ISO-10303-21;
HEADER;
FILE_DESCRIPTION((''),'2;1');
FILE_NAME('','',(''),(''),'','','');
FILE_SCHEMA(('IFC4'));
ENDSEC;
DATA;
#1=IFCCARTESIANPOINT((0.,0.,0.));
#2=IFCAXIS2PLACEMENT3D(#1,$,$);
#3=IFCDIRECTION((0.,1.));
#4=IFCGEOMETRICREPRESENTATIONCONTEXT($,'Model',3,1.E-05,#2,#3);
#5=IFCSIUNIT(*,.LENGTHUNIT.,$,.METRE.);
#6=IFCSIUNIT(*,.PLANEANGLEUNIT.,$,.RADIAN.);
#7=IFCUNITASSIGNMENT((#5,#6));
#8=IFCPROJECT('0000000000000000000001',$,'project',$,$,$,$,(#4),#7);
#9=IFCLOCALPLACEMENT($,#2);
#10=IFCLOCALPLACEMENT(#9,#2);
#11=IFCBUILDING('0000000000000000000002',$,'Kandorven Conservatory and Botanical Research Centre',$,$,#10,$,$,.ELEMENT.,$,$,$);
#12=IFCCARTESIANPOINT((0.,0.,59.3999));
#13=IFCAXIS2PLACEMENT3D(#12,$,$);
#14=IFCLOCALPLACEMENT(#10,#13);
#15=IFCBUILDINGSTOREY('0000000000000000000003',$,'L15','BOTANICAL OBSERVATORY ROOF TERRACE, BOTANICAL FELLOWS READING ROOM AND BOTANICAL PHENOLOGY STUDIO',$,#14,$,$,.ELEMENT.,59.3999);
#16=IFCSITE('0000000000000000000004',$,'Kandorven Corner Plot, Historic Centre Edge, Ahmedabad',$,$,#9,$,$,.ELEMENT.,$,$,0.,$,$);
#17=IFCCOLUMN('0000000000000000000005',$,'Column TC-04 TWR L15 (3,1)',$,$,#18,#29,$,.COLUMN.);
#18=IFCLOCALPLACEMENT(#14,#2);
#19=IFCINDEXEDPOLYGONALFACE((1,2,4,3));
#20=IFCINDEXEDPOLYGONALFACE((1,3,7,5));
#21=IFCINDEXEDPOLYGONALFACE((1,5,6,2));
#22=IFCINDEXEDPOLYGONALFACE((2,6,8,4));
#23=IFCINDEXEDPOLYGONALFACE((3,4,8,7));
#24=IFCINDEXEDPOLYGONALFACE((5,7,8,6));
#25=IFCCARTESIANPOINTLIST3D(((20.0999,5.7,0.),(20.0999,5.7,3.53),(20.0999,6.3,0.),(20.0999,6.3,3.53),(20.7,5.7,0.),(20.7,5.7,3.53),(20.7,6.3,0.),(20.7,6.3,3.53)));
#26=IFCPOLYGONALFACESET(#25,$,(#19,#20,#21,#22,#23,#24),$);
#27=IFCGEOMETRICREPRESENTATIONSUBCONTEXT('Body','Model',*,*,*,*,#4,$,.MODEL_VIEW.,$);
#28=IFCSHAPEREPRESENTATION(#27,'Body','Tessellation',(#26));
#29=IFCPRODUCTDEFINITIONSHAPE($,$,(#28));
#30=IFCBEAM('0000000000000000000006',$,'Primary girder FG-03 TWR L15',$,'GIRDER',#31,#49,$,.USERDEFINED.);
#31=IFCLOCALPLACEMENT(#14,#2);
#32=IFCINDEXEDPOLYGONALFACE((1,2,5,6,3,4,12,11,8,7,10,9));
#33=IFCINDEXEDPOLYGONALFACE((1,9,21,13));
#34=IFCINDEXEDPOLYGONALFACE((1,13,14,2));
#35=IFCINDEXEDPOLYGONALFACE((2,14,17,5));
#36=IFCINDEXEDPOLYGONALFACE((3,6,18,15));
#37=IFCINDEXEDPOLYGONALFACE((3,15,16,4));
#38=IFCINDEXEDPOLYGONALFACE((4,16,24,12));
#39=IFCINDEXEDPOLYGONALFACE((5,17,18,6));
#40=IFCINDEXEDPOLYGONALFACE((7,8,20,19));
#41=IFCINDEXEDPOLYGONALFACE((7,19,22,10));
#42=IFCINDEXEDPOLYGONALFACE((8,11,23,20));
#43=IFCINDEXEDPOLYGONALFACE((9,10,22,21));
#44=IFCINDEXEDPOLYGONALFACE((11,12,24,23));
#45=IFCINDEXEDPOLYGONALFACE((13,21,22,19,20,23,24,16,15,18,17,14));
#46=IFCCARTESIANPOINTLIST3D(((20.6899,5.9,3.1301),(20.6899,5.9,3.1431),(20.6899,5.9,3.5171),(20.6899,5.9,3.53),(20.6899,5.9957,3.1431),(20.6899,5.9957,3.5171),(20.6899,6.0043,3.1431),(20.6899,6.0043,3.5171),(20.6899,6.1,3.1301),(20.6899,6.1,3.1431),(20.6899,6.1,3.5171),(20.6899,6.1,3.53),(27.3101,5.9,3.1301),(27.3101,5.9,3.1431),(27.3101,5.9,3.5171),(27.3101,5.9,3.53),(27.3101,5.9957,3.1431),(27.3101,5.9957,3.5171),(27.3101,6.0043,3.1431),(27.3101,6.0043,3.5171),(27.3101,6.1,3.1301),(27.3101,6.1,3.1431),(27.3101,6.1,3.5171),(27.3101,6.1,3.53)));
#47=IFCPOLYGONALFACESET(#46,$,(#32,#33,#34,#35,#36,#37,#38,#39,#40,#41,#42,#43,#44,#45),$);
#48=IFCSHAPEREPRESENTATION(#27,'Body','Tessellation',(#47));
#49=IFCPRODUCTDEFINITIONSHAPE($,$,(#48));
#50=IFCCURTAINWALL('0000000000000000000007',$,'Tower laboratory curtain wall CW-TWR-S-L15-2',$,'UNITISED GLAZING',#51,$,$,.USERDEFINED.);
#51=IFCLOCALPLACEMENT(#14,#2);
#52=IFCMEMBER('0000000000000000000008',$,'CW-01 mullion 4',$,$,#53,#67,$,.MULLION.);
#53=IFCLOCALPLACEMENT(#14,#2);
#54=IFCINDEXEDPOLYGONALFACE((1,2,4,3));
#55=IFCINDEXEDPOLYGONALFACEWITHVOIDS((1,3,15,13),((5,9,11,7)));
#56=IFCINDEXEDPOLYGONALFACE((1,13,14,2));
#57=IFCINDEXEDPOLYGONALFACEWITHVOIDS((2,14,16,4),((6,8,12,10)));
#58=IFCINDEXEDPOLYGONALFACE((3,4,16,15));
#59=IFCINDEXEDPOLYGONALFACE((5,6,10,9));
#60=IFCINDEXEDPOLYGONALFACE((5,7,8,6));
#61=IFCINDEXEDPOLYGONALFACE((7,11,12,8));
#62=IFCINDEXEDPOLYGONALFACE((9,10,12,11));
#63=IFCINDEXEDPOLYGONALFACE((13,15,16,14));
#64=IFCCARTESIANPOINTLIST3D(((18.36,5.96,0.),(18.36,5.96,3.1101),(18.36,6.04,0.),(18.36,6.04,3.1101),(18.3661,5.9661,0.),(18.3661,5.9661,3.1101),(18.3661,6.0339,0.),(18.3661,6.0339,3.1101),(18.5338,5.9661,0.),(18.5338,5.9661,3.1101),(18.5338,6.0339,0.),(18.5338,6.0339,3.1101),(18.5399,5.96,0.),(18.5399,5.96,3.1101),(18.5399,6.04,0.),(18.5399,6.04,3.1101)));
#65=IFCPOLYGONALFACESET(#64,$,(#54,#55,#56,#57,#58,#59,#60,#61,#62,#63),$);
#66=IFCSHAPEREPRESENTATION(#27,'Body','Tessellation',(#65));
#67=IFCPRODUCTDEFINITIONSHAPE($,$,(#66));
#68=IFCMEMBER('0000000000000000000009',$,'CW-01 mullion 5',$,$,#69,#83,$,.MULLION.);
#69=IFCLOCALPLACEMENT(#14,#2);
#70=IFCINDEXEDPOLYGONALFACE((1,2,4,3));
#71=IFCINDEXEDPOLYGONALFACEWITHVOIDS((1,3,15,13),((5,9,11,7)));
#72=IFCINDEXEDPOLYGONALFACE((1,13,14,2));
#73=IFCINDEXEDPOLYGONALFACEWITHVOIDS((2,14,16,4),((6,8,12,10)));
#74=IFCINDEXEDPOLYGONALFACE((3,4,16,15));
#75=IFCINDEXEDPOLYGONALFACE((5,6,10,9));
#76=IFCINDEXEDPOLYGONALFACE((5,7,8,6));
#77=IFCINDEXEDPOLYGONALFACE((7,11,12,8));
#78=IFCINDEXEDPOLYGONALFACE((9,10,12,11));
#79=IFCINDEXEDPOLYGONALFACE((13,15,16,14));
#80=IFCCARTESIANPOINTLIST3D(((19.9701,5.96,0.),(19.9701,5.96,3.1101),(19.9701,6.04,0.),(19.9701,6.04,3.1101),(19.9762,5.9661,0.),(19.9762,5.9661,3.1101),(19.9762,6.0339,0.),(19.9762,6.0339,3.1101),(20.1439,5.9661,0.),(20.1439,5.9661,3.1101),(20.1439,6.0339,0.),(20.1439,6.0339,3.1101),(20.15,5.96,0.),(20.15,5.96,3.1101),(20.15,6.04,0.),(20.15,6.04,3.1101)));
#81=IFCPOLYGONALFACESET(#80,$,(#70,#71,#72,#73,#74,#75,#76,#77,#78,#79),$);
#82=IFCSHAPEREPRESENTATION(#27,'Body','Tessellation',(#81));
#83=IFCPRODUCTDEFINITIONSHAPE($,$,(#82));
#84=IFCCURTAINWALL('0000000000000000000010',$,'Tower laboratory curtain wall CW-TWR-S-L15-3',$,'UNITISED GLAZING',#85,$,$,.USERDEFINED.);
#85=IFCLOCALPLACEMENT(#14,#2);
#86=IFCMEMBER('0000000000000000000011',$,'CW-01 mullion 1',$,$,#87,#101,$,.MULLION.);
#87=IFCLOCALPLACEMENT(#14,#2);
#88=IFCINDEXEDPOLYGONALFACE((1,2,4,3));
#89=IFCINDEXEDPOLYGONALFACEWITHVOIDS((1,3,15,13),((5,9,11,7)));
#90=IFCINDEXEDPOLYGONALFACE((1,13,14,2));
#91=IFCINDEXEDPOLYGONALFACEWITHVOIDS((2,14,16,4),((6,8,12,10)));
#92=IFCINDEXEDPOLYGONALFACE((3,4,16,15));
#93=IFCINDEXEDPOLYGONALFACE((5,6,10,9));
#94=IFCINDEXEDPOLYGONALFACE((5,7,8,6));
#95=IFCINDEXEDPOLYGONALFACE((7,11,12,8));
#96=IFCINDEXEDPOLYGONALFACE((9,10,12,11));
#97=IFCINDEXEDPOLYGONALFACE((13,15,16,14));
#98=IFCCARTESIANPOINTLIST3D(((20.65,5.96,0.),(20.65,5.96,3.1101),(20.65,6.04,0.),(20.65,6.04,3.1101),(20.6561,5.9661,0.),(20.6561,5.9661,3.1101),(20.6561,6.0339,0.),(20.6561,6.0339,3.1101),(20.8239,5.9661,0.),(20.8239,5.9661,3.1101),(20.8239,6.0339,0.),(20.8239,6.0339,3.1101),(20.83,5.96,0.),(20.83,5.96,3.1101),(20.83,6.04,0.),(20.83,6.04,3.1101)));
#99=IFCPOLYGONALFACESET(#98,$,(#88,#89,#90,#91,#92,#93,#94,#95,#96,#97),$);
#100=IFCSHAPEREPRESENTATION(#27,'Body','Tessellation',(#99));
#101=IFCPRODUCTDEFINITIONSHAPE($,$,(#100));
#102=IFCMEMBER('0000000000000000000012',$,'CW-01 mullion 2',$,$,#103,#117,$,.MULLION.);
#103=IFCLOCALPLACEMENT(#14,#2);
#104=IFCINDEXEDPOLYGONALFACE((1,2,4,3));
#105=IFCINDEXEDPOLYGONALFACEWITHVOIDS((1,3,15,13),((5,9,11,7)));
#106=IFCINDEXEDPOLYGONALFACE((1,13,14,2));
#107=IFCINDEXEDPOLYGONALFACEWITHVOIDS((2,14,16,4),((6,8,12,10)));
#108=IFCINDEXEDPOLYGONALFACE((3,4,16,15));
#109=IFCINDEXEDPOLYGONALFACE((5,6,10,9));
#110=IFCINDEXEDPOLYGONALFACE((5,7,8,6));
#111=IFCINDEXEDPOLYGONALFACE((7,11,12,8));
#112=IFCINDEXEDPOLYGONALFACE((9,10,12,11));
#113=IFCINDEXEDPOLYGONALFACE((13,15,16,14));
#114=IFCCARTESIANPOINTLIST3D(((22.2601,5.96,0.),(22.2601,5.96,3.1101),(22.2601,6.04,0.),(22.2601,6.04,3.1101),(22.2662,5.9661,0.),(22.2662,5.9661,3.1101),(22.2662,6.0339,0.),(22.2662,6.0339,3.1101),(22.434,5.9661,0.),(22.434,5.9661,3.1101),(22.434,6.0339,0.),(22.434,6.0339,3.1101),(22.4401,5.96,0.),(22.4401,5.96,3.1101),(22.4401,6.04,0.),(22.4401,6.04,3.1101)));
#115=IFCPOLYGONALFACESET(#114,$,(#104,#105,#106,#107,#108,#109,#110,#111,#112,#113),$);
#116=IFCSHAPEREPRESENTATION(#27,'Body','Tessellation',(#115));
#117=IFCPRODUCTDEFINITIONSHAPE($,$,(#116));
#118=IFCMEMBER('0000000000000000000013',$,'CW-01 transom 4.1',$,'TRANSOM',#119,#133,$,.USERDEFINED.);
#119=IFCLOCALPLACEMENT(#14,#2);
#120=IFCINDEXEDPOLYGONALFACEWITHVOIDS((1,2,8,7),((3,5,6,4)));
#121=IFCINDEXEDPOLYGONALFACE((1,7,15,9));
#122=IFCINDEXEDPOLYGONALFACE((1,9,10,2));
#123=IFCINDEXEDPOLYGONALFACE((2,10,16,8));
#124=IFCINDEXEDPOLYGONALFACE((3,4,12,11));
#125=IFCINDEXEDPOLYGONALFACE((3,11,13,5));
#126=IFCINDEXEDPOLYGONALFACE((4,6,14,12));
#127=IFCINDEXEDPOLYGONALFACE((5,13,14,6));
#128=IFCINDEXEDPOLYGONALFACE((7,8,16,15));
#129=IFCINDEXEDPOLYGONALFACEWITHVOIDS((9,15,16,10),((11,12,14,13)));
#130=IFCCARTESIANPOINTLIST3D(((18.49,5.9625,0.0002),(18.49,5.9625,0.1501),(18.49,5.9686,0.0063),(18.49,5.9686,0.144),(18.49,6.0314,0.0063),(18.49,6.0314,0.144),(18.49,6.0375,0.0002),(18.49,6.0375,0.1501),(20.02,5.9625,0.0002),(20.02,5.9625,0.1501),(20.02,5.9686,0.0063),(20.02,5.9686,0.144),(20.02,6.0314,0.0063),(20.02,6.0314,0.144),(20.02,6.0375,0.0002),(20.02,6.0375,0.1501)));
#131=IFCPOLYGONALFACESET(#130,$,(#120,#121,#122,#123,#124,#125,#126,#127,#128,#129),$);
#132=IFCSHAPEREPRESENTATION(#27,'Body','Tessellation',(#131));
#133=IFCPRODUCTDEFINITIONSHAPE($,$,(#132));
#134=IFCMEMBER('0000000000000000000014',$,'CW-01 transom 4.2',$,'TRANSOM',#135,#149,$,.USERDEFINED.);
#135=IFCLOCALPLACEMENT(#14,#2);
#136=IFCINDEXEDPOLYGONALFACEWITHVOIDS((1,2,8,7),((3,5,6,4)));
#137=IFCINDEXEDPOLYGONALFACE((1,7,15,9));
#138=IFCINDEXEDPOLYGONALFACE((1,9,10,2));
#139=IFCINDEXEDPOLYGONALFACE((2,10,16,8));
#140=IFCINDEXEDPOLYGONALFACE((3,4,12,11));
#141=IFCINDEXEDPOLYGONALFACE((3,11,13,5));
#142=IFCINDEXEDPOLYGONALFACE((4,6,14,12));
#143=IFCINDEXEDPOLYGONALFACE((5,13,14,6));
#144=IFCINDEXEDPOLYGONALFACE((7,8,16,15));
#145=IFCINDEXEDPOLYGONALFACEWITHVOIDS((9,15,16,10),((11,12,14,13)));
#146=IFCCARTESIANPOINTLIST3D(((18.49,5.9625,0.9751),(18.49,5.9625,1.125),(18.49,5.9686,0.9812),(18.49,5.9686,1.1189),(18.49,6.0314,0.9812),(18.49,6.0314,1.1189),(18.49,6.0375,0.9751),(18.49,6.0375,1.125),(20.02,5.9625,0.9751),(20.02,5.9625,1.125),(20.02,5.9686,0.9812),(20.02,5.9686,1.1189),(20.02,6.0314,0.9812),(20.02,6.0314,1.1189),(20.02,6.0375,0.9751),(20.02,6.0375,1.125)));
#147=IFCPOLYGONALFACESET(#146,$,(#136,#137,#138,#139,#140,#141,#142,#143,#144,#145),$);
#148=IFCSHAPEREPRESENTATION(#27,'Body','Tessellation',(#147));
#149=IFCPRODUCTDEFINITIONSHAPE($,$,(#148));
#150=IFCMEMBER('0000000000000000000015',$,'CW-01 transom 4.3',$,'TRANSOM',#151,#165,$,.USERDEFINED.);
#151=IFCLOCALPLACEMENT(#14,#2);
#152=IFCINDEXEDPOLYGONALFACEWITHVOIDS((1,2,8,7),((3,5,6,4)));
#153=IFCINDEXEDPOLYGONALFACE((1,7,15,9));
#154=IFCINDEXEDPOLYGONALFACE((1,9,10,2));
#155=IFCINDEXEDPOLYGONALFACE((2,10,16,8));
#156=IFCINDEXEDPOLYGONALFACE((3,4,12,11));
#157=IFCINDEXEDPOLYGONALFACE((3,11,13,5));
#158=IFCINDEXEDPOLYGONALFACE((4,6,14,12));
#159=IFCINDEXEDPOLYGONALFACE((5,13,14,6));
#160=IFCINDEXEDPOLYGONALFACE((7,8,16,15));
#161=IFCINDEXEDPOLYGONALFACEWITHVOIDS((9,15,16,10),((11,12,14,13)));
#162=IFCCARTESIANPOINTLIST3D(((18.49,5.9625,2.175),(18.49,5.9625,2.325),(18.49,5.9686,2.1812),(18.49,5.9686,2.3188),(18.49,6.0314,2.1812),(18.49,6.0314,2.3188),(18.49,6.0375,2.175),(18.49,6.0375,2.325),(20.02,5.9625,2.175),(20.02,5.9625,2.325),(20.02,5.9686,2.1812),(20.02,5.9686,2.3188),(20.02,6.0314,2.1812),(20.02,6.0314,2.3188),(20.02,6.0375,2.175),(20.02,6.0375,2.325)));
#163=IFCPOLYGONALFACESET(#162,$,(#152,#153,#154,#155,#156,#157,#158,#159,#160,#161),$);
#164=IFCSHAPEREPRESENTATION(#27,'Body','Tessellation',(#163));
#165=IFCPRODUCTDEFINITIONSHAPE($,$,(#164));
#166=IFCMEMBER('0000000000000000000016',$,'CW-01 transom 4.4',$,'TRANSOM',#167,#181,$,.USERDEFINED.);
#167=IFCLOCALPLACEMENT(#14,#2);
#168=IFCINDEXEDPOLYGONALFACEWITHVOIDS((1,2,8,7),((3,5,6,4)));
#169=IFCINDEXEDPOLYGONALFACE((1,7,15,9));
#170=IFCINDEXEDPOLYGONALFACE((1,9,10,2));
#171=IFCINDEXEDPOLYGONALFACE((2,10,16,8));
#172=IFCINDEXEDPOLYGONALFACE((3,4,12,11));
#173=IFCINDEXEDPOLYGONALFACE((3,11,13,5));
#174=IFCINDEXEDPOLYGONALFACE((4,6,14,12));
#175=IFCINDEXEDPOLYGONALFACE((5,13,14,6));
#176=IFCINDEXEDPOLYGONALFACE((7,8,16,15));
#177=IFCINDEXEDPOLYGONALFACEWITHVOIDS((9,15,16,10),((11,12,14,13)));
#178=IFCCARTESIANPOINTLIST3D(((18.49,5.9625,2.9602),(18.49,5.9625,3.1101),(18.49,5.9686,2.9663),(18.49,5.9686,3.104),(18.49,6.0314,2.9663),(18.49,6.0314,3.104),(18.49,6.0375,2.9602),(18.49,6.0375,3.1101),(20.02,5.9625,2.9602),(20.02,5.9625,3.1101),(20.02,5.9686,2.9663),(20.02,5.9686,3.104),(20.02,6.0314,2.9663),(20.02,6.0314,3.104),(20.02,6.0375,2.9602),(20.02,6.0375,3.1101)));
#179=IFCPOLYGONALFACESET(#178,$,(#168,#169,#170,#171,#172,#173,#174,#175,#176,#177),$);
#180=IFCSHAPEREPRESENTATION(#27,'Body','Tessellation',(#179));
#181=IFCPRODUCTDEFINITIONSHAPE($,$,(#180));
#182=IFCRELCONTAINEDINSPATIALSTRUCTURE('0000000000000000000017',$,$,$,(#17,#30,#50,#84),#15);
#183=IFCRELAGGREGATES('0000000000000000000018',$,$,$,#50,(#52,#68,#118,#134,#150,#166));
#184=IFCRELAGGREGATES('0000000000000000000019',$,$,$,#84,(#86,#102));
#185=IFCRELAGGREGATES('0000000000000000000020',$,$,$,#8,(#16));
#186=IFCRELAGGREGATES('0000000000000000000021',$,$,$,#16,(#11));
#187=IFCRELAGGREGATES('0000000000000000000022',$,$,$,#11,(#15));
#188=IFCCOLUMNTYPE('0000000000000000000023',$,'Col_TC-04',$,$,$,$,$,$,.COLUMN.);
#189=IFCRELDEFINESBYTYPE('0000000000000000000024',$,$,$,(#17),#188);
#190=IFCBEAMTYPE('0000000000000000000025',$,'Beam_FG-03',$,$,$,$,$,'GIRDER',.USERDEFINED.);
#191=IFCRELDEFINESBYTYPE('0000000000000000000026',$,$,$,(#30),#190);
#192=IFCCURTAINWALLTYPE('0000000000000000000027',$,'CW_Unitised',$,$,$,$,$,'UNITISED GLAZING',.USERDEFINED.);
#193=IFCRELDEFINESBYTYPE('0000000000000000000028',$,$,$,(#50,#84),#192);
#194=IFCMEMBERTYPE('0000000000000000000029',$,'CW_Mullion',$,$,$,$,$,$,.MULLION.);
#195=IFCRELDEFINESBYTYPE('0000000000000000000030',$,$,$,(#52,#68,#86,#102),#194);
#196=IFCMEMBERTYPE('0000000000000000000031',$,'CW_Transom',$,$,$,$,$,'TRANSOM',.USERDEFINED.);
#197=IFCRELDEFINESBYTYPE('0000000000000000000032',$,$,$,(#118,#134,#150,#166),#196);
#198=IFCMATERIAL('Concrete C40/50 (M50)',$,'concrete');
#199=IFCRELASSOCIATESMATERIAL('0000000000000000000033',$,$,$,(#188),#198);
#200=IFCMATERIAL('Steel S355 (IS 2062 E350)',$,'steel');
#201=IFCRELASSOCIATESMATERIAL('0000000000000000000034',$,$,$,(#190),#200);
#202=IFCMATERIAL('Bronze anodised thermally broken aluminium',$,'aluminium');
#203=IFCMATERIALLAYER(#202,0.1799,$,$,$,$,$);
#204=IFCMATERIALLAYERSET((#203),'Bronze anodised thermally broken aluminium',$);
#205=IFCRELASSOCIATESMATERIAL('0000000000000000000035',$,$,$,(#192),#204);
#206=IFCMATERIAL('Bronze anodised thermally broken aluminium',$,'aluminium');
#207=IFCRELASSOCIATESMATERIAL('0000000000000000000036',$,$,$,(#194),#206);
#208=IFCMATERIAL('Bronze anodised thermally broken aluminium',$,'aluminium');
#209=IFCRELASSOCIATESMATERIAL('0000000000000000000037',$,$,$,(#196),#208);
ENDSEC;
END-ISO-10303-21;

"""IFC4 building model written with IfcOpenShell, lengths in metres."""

from ifc_helpers import new_model, si_unit, direction, frame, origin, origin_2d, place, context, subcontext, project, spatial, rectangle, hollow_rectangle, i_section, extrude, material, layer, layer_set, material_profile, profile_set, type_object, element, aggregate, save


model = new_model("IFC4")

# Units and contexts
model_context = context("Model", 3, precision=1e-05, world=origin(), true_north=direction((0.0, 1.0)))
body_context = subcontext(model_context, "Body", "Model", "MODEL_VIEW")
ifc_project = project(units=[si_unit("LENGTHUNIT", "METRE"), si_unit("PLANEANGLEUNIT", "RADIAN")], contexts=[model_context])

# Site, building, storey
site_placement = place(None, origin())
site = spatial("IfcSite", under=ifc_project, at=site_placement, Name="Kandorven Corner Plot, Historic Centre Edge, Ahmedabad", CompositionType="ELEMENT", RefElevation=0.0)
building_placement = place(site_placement, origin())
building = spatial("IfcBuilding", under=site, at=building_placement, Name="Kandorven Conservatory and Botanical Research Centre", CompositionType="ELEMENT")
storey_placement = place(building_placement, frame((0.0, 0.0, 59.3999)))
storey = spatial("IfcBuildingStorey", under=building, at=storey_placement, Name="L15", Description="BOTANICAL OBSERVATORY ROOF TERRACE, BOTANICAL FELLOWS READING ROOM AND BOTANICAL PHENOLOGY STUDIO", CompositionType="ELEMENT", Elevation=59.3999)

# Column
ifc_material_1 = material(Name="Concrete C40/50 (M50)", Category="concrete")
ifc_material_profile_1 = material_profile(ifc_material_1, rectangle(XDim=0.6001, YDim=0.6001, at=origin_2d()))
ifc_profile_set_1 = profile_set([ifc_material_profile_1], Name="Concrete C40/50 (M50)")
column_type = type_object("IfcColumnType", Name="Col_TC-04", PredefinedType="COLUMN", material=ifc_profile_set_1)
column_placement = place(storey_placement, frame((20.3999, 6.0, 0.0), z_axis=(0.0, 0.0, 1.0), x_axis=(1.0, 0.0, 0.0)))
element("IfcColumn", 1, at=column_placement, inside=storey, type_object=column_type, Name="Column TC-04 TWR L15 (3,1)", PredefinedType="COLUMN", context=body_context, shape_type="SweptSolid", body=[
    extrude(rectangle(XDim=0.6001, YDim=0.6001, at=origin_2d()), origin(), (0.0, 0.0, 1.0), 3.53),
])

# Beam
ifc_material_2 = material(Name="Steel S355 (IS 2062 E350)", Category="steel")
ifc_material_profile_2 = material_profile(ifc_material_2, i_section(OverallWidth=0.2, OverallDepth=0.3999, WebThickness=0.0085, FlangeThickness=0.0129, at=origin_2d()))
ifc_profile_set_2 = profile_set([ifc_material_profile_2], Name="Steel S355 (IS 2062 E350)")
beam_type = type_object("IfcBeamType", Name="Beam_FG-03", ElementType="GIRDER", PredefinedType="USERDEFINED", material=ifc_profile_set_2)
beam_placement = place(storey_placement, frame((20.6899, 6.0, 3.3301), z_axis=(1.0, 0.0, 0.0), x_axis=(0.0, 1.0, 0.0)))
element("IfcBeam", 2, at=beam_placement, inside=storey, type_object=beam_type, Name="Primary girder FG-03 TWR L15", ObjectType="GIRDER", PredefinedType="USERDEFINED", context=body_context, shape_type="SweptSolid", body=[
    extrude(i_section(OverallWidth=0.2, OverallDepth=0.3999, WebThickness=0.0085, FlangeThickness=0.0129, at=origin_2d()), origin(), (0.0, 0.0, 1.0), 6.6201),
])

# Curtain walls, members
ifc_material_3 = material(Name="Bronze anodised thermally broken aluminium", Category="aluminium")
ifc_layer_1 = layer(ifc_material_3, 0.1799)
ifc_layer_set_1 = layer_set([ifc_layer_1], Name="Bronze anodised thermally broken aluminium")
curtain_wall_type = type_object("IfcCurtainWallType", Name="CW_Unitised", ElementType="UNITISED GLAZING", PredefinedType="USERDEFINED", material=ifc_layer_set_1)
curtain_wall_1_placement = place(storey_placement, origin())
curtain_wall_1 = element("IfcCurtainWall", 3, at=curtain_wall_1_placement, inside=storey, type_object=curtain_wall_type, Name="Tower laboratory curtain wall CW-TWR-S-L15-2", ObjectType="UNITISED GLAZING", PredefinedType="USERDEFINED")
ifc_material_4 = material(Name="Bronze anodised thermally broken aluminium", Category="aluminium")
ifc_material_profile_3 = material_profile(ifc_material_4, hollow_rectangle(XDim=0.0801, YDim=0.1799, WallThickness=0.0061, at=origin_2d()))
ifc_profile_set_3 = profile_set([ifc_material_profile_3], Name="Bronze anodised thermally broken aluminium")
member_type_1 = type_object("IfcMemberType", Name="CW_Mullion", PredefinedType="MULLION", material=ifc_profile_set_3)
member_1_placement = place(storey_placement, frame((18.45, 6.0, 0.0), z_axis=(0.0, 0.0, 1.0), x_axis=(0.0, 1.0, 0.0)))
member_1 = element("IfcMember", 4, at=member_1_placement, type_object=member_type_1, Name="CW-01 mullion 4", PredefinedType="MULLION", context=body_context, shape_type="SweptSolid", body=[
    extrude(hollow_rectangle(XDim=0.0801, YDim=0.1799, WallThickness=0.0061, at=origin_2d()), origin(), (0.0, 0.0, 1.0), 3.1101),
])
member_2_placement = place(storey_placement, frame((20.0601, 6.0, 0.0), z_axis=(0.0, 0.0, 1.0), x_axis=(0.0, 1.0, 0.0)))
member_2 = element("IfcMember", 5, at=member_2_placement, type_object=member_type_1, Name="CW-01 mullion 5", PredefinedType="MULLION", context=body_context, shape_type="SweptSolid", body=[
    extrude(hollow_rectangle(XDim=0.0801, YDim=0.1799, WallThickness=0.0061, at=origin_2d()), origin(), (0.0, 0.0, 1.0), 3.1101),
])
curtain_wall_2_placement = place(storey_placement, origin())
curtain_wall_2 = element("IfcCurtainWall", 6, at=curtain_wall_2_placement, inside=storey, type_object=curtain_wall_type, Name="Tower laboratory curtain wall CW-TWR-S-L15-3", ObjectType="UNITISED GLAZING", PredefinedType="USERDEFINED")
member_3_placement = place(storey_placement, frame((20.74, 6.0, 0.0), z_axis=(0.0, 0.0, 1.0), x_axis=(0.0, 1.0, 0.0)))
member_3 = element("IfcMember", 7, at=member_3_placement, type_object=member_type_1, Name="CW-01 mullion 1", PredefinedType="MULLION", context=body_context, shape_type="SweptSolid", body=[
    extrude(hollow_rectangle(XDim=0.0801, YDim=0.1799, WallThickness=0.0061, at=origin_2d()), origin(), (0.0, 0.0, 1.0), 3.1101),
])
member_4_placement = place(storey_placement, frame((22.3501, 6.0, 0.0), z_axis=(0.0, 0.0, 1.0), x_axis=(0.0, 1.0, 0.0)))
member_4 = element("IfcMember", 8, at=member_4_placement, type_object=member_type_1, Name="CW-01 mullion 2", PredefinedType="MULLION", context=body_context, shape_type="SweptSolid", body=[
    extrude(hollow_rectangle(XDim=0.0801, YDim=0.1799, WallThickness=0.0061, at=origin_2d()), origin(), (0.0, 0.0, 1.0), 3.1101),
])

# Members
ifc_material_5 = material(Name="Bronze anodised thermally broken aluminium", Category="aluminium")
ifc_material_profile_4 = material_profile(ifc_material_5, hollow_rectangle(XDim=0.075, YDim=0.1499, WallThickness=0.0061, at=origin_2d()))
ifc_profile_set_4 = profile_set([ifc_material_profile_4], Name="Bronze anodised thermally broken aluminium")
member_type_2 = type_object("IfcMemberType", Name="CW_Transom", ElementType="TRANSOM", PredefinedType="USERDEFINED", material=ifc_profile_set_4)
member_5_placement = place(storey_placement, frame((18.49, 6.0, 0.0752), z_axis=(1.0, 0.0, 0.0), x_axis=(0.0, 1.0, 0.0)))
member_5 = element("IfcMember", 9, at=member_5_placement, type_object=member_type_2, Name="CW-01 transom 4.1", ObjectType="TRANSOM", PredefinedType="USERDEFINED", context=body_context, shape_type="SweptSolid", body=[
    extrude(hollow_rectangle(XDim=0.075, YDim=0.1499, WallThickness=0.0061, at=origin_2d()), origin(), (0.0, 0.0, 1.0), 1.53),
])
member_6_placement = place(storey_placement, frame((18.49, 6.0, 1.05), z_axis=(1.0, 0.0, 0.0), x_axis=(0.0, 1.0, 0.0)))
member_6 = element("IfcMember", 10, at=member_6_placement, type_object=member_type_2, Name="CW-01 transom 4.2", ObjectType="TRANSOM", PredefinedType="USERDEFINED", context=body_context, shape_type="SweptSolid", body=[
    extrude(hollow_rectangle(XDim=0.075, YDim=0.1499, WallThickness=0.0061, at=origin_2d()), origin(), (0.0, 0.0, 1.0), 1.53),
])
member_7_placement = place(storey_placement, frame((18.49, 6.0, 2.25), z_axis=(1.0, 0.0, 0.0), x_axis=(0.0, 1.0, 0.0)))
member_7 = element("IfcMember", 11, at=member_7_placement, type_object=member_type_2, Name="CW-01 transom 4.3", ObjectType="TRANSOM", PredefinedType="USERDEFINED", context=body_context, shape_type="SweptSolid", body=[
    extrude(hollow_rectangle(XDim=0.075, YDim=0.1499, WallThickness=0.0061, at=origin_2d()), origin(), (0.0, 0.0, 1.0), 1.53),
])
member_8_placement = place(storey_placement, frame((18.49, 6.0, 3.0352), z_axis=(1.0, 0.0, 0.0), x_axis=(0.0, 1.0, 0.0)))
member_8 = element("IfcMember", 12, at=member_8_placement, type_object=member_type_2, Name="CW-01 transom 4.4", ObjectType="TRANSOM", PredefinedType="USERDEFINED", context=body_context, shape_type="SweptSolid", body=[
    extrude(hollow_rectangle(XDim=0.075, YDim=0.1499, WallThickness=0.0061, at=origin_2d()), origin(), (0.0, 0.0, 1.0), 1.53),
])

aggregate(curtain_wall_1, [member_1, member_2, member_5, member_6, member_7, member_8])
aggregate(curtain_wall_2, [member_3, member_4])

save(model, "model.ifc")
